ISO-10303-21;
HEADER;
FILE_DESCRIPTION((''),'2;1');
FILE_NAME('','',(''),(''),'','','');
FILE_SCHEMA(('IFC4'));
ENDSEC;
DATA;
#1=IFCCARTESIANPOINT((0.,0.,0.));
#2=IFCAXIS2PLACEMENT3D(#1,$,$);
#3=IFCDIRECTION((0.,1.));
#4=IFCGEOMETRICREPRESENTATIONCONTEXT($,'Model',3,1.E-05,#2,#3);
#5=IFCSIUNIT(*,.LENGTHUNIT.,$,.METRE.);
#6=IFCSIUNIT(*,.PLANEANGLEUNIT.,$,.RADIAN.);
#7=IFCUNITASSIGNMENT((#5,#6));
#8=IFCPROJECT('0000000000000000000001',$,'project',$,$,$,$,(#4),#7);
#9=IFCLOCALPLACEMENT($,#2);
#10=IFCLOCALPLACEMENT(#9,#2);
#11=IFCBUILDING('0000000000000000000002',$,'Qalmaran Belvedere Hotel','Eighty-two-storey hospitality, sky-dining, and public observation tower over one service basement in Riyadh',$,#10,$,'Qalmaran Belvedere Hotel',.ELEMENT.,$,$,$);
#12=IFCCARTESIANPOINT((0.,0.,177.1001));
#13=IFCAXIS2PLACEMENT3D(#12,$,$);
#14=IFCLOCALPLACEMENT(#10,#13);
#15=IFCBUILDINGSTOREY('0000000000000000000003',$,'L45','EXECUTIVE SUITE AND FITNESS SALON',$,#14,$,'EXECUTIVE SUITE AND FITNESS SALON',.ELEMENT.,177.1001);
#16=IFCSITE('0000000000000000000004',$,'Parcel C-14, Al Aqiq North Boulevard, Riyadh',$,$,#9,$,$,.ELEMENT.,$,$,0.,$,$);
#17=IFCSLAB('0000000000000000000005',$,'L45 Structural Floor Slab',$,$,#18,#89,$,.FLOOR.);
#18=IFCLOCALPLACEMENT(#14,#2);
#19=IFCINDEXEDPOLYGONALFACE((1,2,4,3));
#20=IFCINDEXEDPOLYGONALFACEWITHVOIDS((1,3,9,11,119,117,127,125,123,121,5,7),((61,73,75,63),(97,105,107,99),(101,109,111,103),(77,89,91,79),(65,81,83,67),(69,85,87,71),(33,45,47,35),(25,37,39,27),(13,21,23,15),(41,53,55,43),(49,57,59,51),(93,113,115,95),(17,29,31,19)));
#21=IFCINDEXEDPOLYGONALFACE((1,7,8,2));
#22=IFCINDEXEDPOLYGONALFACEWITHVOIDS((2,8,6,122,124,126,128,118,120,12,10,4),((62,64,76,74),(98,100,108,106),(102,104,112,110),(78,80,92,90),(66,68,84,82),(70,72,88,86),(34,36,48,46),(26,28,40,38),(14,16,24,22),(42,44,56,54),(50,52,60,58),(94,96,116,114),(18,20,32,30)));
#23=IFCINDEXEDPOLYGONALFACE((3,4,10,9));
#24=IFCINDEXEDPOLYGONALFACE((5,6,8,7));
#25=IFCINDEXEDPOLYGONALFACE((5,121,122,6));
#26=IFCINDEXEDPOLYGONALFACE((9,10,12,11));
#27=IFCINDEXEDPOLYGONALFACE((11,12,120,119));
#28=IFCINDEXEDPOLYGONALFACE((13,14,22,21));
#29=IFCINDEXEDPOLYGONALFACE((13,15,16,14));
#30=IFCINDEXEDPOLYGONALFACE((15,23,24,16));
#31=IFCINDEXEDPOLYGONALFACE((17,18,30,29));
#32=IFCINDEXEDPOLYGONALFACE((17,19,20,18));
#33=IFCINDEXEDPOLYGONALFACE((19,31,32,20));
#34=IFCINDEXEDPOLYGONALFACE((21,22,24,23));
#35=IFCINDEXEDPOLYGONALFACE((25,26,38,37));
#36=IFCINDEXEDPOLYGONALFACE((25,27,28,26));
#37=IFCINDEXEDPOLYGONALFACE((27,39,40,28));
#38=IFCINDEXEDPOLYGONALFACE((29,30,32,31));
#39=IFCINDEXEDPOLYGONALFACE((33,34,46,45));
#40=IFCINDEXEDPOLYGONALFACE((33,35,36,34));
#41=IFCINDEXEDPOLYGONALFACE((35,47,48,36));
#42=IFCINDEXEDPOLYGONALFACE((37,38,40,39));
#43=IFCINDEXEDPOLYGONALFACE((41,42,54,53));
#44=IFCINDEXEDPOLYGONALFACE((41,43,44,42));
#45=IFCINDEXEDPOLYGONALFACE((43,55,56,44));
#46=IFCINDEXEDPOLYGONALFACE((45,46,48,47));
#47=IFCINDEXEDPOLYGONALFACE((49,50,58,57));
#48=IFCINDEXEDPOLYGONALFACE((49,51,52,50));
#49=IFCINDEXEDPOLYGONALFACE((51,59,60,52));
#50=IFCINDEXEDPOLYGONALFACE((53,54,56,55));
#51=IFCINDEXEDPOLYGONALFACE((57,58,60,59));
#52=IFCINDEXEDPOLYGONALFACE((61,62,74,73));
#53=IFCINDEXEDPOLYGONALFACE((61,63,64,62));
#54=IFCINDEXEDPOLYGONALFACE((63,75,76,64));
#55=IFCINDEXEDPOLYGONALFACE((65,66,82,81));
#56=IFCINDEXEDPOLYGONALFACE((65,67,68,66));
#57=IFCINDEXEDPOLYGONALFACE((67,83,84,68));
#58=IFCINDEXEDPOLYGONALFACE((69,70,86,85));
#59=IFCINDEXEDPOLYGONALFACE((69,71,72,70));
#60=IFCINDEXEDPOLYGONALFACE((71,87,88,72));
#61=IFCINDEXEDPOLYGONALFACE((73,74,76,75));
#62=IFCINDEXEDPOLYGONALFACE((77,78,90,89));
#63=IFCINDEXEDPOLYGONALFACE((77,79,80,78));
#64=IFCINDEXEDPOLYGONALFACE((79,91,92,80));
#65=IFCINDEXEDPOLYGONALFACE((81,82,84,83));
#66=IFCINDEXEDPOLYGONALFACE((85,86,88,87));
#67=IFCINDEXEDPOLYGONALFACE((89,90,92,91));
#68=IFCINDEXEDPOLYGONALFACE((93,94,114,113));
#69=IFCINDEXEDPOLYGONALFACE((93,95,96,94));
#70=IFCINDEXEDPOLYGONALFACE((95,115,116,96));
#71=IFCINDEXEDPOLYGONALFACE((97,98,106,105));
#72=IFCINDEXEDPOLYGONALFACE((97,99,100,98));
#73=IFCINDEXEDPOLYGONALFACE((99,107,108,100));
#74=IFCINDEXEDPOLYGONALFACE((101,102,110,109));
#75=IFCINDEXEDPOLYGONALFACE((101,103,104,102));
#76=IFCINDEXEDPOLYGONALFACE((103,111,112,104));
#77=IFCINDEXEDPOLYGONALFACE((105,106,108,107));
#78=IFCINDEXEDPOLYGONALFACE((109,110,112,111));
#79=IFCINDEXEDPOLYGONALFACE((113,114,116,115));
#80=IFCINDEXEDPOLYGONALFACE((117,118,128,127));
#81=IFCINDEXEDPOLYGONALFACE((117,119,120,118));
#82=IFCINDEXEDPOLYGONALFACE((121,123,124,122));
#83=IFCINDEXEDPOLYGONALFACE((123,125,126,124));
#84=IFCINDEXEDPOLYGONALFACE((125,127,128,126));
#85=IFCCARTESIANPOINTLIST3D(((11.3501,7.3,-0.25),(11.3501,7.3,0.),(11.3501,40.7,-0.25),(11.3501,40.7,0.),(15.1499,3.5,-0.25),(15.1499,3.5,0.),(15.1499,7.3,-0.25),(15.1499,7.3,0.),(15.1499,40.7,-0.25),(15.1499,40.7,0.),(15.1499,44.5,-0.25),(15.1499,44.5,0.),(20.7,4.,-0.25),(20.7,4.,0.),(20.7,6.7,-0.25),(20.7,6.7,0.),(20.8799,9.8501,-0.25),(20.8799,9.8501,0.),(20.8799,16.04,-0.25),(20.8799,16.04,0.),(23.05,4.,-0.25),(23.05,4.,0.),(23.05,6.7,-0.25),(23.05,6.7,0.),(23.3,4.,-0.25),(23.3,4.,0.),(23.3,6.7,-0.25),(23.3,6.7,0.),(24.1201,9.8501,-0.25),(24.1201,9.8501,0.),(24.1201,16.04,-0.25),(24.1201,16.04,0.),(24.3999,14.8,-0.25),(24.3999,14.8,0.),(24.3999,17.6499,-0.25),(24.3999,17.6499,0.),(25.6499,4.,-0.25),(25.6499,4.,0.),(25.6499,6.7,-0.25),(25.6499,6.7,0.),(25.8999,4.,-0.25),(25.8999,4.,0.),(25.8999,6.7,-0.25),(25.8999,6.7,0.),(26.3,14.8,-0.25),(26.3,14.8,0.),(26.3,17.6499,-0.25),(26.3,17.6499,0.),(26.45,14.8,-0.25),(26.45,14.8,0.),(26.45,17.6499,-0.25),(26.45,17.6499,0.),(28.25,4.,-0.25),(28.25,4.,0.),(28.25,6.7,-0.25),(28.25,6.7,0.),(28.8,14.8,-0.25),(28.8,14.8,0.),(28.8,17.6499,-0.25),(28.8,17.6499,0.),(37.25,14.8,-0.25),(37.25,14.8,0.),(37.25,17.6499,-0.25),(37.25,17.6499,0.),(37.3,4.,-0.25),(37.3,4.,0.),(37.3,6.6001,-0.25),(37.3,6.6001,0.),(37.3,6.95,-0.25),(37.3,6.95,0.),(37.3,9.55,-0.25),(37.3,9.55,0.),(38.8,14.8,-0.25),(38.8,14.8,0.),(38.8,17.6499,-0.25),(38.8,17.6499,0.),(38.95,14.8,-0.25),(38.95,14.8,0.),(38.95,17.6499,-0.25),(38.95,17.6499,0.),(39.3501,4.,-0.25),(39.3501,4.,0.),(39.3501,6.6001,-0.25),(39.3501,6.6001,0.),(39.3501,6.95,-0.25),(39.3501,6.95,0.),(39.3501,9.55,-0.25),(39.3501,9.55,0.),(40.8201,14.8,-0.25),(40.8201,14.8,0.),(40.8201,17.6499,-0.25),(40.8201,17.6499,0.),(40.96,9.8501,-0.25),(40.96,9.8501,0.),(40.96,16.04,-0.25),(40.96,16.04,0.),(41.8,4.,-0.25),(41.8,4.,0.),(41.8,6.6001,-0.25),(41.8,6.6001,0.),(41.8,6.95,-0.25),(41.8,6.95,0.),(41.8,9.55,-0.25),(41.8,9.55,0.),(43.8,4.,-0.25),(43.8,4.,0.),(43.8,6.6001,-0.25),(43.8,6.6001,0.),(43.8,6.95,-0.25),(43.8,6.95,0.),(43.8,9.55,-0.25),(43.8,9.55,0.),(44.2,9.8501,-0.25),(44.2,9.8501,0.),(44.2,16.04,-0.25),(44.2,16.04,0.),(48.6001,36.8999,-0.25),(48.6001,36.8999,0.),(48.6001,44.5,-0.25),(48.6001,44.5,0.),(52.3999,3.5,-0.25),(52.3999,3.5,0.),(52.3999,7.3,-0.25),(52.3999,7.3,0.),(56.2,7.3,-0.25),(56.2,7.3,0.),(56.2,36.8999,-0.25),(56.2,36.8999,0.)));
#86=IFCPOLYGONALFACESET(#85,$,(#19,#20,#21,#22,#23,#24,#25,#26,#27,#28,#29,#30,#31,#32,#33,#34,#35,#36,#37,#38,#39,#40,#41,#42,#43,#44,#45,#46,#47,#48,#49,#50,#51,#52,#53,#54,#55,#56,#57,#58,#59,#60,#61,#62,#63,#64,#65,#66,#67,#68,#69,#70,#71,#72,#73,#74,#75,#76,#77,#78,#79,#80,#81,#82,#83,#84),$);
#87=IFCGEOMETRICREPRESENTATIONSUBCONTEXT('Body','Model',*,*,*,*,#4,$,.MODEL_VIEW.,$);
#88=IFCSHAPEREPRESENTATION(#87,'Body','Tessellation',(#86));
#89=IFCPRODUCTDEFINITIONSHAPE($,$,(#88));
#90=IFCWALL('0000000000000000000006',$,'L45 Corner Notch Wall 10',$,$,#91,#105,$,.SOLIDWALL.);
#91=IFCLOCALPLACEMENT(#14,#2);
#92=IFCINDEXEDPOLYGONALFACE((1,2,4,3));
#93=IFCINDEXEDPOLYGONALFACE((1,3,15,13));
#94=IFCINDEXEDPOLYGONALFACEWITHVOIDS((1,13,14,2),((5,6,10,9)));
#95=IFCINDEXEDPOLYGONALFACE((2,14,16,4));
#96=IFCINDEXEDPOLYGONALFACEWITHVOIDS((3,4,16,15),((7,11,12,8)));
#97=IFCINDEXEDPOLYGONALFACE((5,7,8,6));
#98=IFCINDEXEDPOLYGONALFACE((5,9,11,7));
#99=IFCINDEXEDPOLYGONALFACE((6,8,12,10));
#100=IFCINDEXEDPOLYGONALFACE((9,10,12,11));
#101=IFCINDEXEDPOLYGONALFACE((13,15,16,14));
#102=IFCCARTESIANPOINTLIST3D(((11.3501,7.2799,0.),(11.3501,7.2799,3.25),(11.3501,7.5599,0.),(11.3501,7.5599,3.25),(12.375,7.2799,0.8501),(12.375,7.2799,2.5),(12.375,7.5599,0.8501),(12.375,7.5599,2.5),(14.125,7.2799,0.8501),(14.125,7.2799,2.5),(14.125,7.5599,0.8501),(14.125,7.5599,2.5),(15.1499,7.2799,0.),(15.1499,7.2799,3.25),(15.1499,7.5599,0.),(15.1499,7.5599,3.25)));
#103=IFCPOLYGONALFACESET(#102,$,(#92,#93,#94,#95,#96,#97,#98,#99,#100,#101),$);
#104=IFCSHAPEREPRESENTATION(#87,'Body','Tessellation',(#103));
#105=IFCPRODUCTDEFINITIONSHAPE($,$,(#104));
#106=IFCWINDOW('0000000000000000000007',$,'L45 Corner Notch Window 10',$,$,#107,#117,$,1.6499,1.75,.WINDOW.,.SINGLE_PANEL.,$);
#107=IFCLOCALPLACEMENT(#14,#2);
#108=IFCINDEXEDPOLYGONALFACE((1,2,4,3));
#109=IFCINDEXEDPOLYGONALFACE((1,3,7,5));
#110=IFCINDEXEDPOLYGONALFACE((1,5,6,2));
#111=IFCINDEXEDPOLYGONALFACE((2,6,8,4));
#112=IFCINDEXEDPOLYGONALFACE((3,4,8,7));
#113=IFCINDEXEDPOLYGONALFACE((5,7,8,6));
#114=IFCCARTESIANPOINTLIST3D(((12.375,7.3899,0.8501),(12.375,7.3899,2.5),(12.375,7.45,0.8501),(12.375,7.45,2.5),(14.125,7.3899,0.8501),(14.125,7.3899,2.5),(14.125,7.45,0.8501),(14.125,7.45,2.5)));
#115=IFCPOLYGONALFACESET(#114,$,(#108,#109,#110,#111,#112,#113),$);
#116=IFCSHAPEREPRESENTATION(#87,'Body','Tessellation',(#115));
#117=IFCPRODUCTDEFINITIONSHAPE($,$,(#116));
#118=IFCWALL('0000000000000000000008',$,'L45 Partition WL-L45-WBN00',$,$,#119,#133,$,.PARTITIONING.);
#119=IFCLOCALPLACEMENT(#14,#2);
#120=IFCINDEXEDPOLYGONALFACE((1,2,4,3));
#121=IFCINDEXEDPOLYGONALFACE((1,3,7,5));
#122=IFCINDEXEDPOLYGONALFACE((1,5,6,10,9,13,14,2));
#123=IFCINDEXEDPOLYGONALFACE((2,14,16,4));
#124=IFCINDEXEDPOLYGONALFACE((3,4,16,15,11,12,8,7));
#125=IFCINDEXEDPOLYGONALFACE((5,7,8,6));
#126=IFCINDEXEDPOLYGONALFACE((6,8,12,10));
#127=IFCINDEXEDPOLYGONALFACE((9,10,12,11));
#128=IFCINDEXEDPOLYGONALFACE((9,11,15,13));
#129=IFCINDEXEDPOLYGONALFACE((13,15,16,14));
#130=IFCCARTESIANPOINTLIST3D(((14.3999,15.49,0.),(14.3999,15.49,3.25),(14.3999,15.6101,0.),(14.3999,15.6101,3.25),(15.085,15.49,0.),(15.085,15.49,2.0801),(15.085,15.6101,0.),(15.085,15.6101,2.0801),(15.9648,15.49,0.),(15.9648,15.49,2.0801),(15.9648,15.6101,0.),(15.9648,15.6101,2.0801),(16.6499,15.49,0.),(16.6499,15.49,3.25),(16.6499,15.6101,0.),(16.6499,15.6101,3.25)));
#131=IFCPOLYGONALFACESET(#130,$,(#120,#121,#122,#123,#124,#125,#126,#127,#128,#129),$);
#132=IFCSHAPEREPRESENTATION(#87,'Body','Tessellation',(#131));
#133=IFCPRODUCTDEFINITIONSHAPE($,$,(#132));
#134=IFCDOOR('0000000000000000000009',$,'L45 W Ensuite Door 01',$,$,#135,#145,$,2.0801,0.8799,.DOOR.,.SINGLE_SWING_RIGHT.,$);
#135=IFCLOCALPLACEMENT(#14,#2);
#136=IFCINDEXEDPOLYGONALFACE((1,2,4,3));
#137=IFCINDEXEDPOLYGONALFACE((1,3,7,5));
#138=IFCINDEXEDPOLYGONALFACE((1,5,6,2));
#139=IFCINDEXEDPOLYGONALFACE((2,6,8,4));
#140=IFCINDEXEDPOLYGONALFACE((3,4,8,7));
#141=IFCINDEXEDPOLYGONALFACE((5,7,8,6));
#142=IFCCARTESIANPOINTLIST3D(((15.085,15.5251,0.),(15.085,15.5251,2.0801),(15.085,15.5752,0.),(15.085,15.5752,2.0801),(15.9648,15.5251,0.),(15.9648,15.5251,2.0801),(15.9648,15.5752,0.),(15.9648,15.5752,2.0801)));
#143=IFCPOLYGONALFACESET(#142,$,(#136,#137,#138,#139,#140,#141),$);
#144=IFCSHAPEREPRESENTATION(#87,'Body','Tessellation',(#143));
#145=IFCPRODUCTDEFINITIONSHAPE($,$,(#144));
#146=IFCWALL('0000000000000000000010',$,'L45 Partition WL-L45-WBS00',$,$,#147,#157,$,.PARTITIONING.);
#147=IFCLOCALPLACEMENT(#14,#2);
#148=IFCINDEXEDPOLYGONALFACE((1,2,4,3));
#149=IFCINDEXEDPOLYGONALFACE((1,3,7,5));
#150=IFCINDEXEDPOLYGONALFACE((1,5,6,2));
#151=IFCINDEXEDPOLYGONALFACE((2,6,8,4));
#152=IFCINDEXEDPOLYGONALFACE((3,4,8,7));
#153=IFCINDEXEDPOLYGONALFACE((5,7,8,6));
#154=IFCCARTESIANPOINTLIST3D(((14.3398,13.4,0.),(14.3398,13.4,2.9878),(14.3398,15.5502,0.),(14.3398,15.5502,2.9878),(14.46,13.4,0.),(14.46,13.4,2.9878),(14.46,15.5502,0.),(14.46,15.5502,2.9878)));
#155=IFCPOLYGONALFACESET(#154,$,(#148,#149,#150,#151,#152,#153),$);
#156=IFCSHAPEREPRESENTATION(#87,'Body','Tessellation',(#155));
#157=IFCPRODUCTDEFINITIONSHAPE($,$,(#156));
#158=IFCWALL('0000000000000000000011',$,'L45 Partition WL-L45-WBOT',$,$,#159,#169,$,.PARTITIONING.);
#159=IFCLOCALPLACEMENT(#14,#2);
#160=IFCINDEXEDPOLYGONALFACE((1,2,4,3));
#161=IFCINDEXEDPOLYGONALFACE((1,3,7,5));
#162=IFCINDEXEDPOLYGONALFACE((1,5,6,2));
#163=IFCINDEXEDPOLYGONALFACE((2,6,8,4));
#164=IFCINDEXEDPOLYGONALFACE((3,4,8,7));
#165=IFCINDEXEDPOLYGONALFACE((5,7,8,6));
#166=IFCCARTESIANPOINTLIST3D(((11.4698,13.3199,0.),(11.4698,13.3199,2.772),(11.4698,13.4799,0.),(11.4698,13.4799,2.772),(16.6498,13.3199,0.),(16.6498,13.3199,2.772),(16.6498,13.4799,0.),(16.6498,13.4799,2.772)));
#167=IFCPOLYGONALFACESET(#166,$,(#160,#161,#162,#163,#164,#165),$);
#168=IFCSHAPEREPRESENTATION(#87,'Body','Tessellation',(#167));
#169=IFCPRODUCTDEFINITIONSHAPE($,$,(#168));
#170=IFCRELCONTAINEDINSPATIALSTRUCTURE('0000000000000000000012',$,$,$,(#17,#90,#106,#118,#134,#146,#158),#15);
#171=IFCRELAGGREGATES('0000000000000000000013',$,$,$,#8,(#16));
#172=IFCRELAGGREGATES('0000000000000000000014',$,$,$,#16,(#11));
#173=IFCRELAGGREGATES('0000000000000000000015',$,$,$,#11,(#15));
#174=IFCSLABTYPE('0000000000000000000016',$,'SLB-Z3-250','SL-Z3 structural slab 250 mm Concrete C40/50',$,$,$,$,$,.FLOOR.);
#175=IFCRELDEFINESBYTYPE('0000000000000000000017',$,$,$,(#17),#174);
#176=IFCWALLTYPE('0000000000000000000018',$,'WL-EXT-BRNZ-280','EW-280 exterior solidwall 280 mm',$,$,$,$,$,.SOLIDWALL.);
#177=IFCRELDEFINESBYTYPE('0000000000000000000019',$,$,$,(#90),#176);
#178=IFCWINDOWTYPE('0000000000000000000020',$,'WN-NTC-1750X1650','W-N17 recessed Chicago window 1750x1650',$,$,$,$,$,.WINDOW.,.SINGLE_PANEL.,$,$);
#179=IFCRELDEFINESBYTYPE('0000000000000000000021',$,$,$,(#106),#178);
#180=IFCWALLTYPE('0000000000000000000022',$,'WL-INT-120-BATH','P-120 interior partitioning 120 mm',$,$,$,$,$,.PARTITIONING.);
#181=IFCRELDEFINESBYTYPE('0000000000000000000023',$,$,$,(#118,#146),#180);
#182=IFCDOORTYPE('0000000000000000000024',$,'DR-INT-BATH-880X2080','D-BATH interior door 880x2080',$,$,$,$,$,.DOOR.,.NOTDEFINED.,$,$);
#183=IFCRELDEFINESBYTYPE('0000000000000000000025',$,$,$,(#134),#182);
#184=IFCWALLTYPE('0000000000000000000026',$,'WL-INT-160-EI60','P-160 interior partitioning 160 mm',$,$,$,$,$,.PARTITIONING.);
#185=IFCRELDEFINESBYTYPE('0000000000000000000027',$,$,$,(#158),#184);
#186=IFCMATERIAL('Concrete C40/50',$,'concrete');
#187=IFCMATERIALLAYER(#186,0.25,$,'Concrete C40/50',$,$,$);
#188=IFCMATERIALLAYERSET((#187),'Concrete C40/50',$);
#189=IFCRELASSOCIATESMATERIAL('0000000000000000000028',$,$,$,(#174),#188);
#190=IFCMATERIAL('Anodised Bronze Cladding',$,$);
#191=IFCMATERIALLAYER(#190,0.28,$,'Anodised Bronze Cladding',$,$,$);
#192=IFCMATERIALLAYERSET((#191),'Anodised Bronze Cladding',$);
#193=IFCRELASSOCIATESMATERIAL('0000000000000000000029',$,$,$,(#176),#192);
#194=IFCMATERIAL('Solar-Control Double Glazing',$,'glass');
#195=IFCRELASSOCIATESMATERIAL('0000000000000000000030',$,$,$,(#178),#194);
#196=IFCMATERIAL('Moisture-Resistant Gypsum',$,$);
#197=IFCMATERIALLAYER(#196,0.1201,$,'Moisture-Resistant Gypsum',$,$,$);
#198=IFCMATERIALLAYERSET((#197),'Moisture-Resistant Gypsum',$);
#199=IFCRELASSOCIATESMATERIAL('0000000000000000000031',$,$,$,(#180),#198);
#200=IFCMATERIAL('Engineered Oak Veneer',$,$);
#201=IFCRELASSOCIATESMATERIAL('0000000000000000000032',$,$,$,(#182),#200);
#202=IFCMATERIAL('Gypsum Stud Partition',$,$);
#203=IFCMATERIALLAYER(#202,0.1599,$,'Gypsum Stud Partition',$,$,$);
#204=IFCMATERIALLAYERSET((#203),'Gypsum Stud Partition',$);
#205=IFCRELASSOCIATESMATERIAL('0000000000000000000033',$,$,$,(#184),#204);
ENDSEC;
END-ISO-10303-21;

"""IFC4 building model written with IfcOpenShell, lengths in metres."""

from ifc_helpers import new_model, si_unit, direction, frame, frame_2d, origin, place, context, subcontext, project, spatial, polyline, rectangle, outline, extrude, material, layer, layer_set, type_object, element, fill, save


model = new_model("IFC4")

# Units and contexts
model_context = context("Model", 3, precision=1e-05, world=origin(), true_north=direction((0.0, 1.0)))
body_context = subcontext(model_context, "Body", "Model", "MODEL_VIEW")
ifc_project = project(units=[si_unit("LENGTHUNIT", "METRE"), si_unit("PLANEANGLEUNIT", "RADIAN")], contexts=[model_context])

# Site, building, storey
site_placement = place(None, origin())
site = spatial("IfcSite", under=ifc_project, at=site_placement, Name="Parcel C-14, Al Aqiq North Boulevard, Riyadh", CompositionType="ELEMENT", RefElevation=0.0)
building_placement = place(site_placement, origin())
building = spatial("IfcBuilding", under=site, at=building_placement, Name="Qalmaran Belvedere Hotel", Description="Eighty-two-storey hospitality, sky-dining, and public observation tower over one service basement in Riyadh", LongName="Qalmaran Belvedere Hotel", CompositionType="ELEMENT")
storey_placement = place(building_placement, frame((0.0, 0.0, 177.1001)))
storey = spatial("IfcBuildingStorey", under=building, at=storey_placement, Name="L45", Description="EXECUTIVE SUITE AND FITNESS SALON", LongName="EXECUTIVE SUITE AND FITNESS SALON", CompositionType="ELEMENT", Elevation=177.1001)

# Shared definitions
ifc_material_1 = material(Name="Solar-Control Double Glazing", Category="glass")

# Shared definitions
ifc_material_2 = material(Name="Concrete C40/50", Category="concrete")

# Slab
ifc_layer_1 = layer(ifc_material_2, 0.25, Name="Concrete C40/50")
ifc_layer_set_1 = layer_set([ifc_layer_1], Name="Concrete C40/50")
slab_type_1 = type_object("IfcSlabType", Name="SLB-Z3-250", Description="SL-Z3 structural slab 250 mm Concrete C40/50", PredefinedType="FLOOR", material=ifc_layer_set_1)
slab_1_placement = place(storey_placement, frame((0.0, 0.0, -0.25)))
element("IfcSlab", 1, at=slab_1_placement, inside=storey, type_object=slab_type_1, Name="L45 Structural Floor Slab", PredefinedType="FLOOR", context=body_context, shape_type="SweptSolid", body=[
    extrude(outline(polyline([(15.1499, 3.5), (52.3999, 3.5), (52.3999, 7.3), (56.2, 7.3), (56.2, 36.8999), (48.6001, 36.8999), (48.6001, 44.5), (15.1499, 44.5), (15.1499, 40.7), (11.3501, 40.7), (11.3501, 7.3), (15.1499, 7.3), (15.1499, 3.5)]), holes=[polyline([(20.8799, 9.8501), (24.1201, 9.8501), (24.1201, 16.04), (20.8799, 16.04), (20.8799, 9.8501)]), polyline([(40.96, 9.8501), (44.2, 9.8501), (44.2, 16.04), (40.96, 16.04), (40.96, 9.8501)]), polyline([(37.3, 4.0), (39.3501, 4.0), (39.3501, 6.6001), (37.3, 6.6001), (37.3, 4.0)]), polyline([(37.3, 6.95), (39.3501, 6.95), (39.3501, 9.55), (37.3, 9.55), (37.3, 6.95)]), polyline([(41.8, 4.0), (43.8, 4.0), (43.8, 6.6001), (41.8, 6.6001), (41.8, 4.0)]), polyline([(41.8, 6.95), (43.8, 6.95), (43.8, 9.55), (41.8, 9.55), (41.8, 6.95)]), polyline([(20.7, 4.0), (23.05, 4.0), (23.05, 6.7), (20.7, 6.7), (20.7, 4.0)]), polyline([(23.3, 4.0), (25.6499, 4.0), (25.6499, 6.7), (23.3, 6.7), (23.3, 4.0)]), polyline([(25.8999, 4.0), (28.25, 4.0), (28.25, 6.7), (25.8999, 6.7), (25.8999, 4.0)]), polyline([(24.3999, 14.8), (26.3, 14.8), (26.3, 17.6499), (24.3999, 17.6499), (24.3999, 14.8)]), polyline([(38.95, 14.8), (40.8201, 14.8), (40.8201, 17.6499), (38.95, 17.6499), (38.95, 14.8)]), polyline([(26.45, 14.8), (28.8, 14.8), (28.8, 17.6499), (26.45, 17.6499), (26.45, 14.8)]), polyline([(37.25, 14.8), (38.8, 14.8), (38.8, 17.6499), (37.25, 17.6499), (37.25, 14.8)])]), origin(), (0.0, 0.0, 1.0), 0.25),
])

# Wall, opening, window
ifc_material_3 = material(Name="Anodised Bronze Cladding")
ifc_layer_2 = layer(ifc_material_3, 0.28, Name="Anodised Bronze Cladding")
ifc_layer_set_2 = layer_set([ifc_layer_2], Name="Anodised Bronze Cladding")
wall_type_1 = type_object("IfcWallType", Name="WL-EXT-BRNZ-280", Description="EW-280 exterior solidwall 280 mm", PredefinedType="SOLIDWALL", material=ifc_layer_set_2)
wall_1_placement = place(storey_placement, frame((11.3501, 7.4199, 0.0), z_axis=(0.0, 0.0, 1.0), x_axis=(1.0, 0.0, 0.0)))
wall_1 = element("IfcWall", 2, at=wall_1_placement, inside=storey, type_object=wall_type_1, Name="L45 Corner Notch Wall 10", PredefinedType="SOLIDWALL", context=body_context, shape_type="SweptSolid", body=[
    extrude(rectangle(XDim=3.7998, YDim=0.28, at=frame_2d((1.8999, 0.0))), origin(), (0.0, 0.0, 1.0), 3.25),
])
opening_1_placement = place(wall_1_placement, frame((1.0249, 0.0, 0.8501)))
opening_1 = element("IfcOpeningElement", 3, at=opening_1_placement, cuts=wall_1, PredefinedType="OPENING", context=body_context, shape_type="SweptSolid", body=[
    extrude(rectangle(XDim=1.75, YDim=1.6499, at=frame_2d((0.875, 0.825))), frame((0.0, 0.1499, 0.0), z_axis=(0.0, -1.0, 0.0), x_axis=(1.0, 0.0, 0.0)), (0.0, 0.0, 1.0), 0.3),
])
window_type = type_object("IfcWindowType", Name="WN-NTC-1750X1650", Description="W-N17 recessed Chicago window 1750x1650", PartitioningType="SINGLE_PANEL", PredefinedType="WINDOW", material=ifc_material_1)
window_placement = place(opening_1_placement, origin())
window = element("IfcWindow", 4, at=window_placement, inside=storey, type_object=window_type, Name="L45 Corner Notch Window 10", OverallHeight=1.6499, OverallWidth=1.75, PartitioningType="SINGLE_PANEL", PredefinedType="WINDOW", context=body_context, shape_type="SweptSolid", body=[
    extrude(rectangle(XDim=1.75, YDim=1.6499, at=frame_2d((0.875, 0.825))), frame((0.0, 0.03, 0.0), z_axis=(0.0, -1.0, 0.0), x_axis=(1.0, 0.0, 0.0)), (0.0, 0.0, 1.0), 0.0601),
])
fill(opening_1, window)

# Wall, opening, door
ifc_material_4 = material(Name="Moisture-Resistant Gypsum")
ifc_layer_3 = layer(ifc_material_4, 0.1201, Name="Moisture-Resistant Gypsum")
ifc_layer_set_3 = layer_set([ifc_layer_3], Name="Moisture-Resistant Gypsum")
wall_type_2 = type_object("IfcWallType", Name="WL-INT-120-BATH", Description="P-120 interior partitioning 120 mm", PredefinedType="PARTITIONING", material=ifc_layer_set_3)
wall_2_placement = place(storey_placement, frame((14.3999, 15.55, 0.0), z_axis=(0.0, 0.0, 1.0), x_axis=(1.0, 0.0, 0.0)))
wall_2 = element("IfcWall", 5, at=wall_2_placement, inside=storey, type_object=wall_type_2, Name="L45 Partition WL-L45-WBN00", PredefinedType="PARTITIONING", context=body_context, shape_type="SweptSolid", body=[
    extrude(rectangle(XDim=2.25, YDim=0.1201, at=frame_2d((1.125, 0.0))), origin(), (0.0, 0.0, 1.0), 3.25),
])
opening_2_placement = place(wall_2_placement, frame((1.5649, 0.0, 0.0), z_axis=(0.0, 0.0, 1.0), x_axis=(-1.0, 0.0, 0.0)))
opening_2 = element("IfcOpeningElement", 6, at=opening_2_placement, cuts=wall_2, PredefinedType="OPENING", context=body_context, shape_type="SweptSolid", body=[
    extrude(rectangle(XDim=0.8799, YDim=2.0801, at=frame_2d((0.4399, 1.04))), frame((0.0, 0.0701, 0.0), z_axis=(0.0, -1.0, 0.0), x_axis=(1.0, 0.0, 0.0)), (0.0, 0.0, 1.0), 0.1401),
])
ifc_material_5 = material(Name="Engineered Oak Veneer")
door_type = type_object("IfcDoorType", Name="DR-INT-BATH-880X2080", Description="D-BATH interior door 880x2080", OperationType="NOTDEFINED", PredefinedType="DOOR", material=ifc_material_5)
door_placement = place(opening_2_placement, origin())
door = element("IfcDoor", 7, at=door_placement, inside=storey, type_object=door_type, Name="L45 W Ensuite Door 01", OperationType="SINGLE_SWING_RIGHT", OverallHeight=2.0801, OverallWidth=0.8799, PredefinedType="DOOR", context=body_context, shape_type="SweptSolid", body=[
    extrude(rectangle(XDim=0.8799, YDim=2.0801, at=frame_2d((0.4399, 1.04))), frame((0.0, 0.0249, 0.0), z_axis=(0.0, -1.0, 0.0), x_axis=(1.0, 0.0, 0.0)), (0.0, 0.0, 1.0), 0.05),
])
fill(opening_2, door)

# Walls
wall_3_placement = place(storey_placement, frame((14.3999, 13.3999, 0.0), z_axis=(0.0, 0.0, 1.0), x_axis=(0.0, 1.0, 0.0)))
element("IfcWall", 8, at=wall_3_placement, inside=storey, type_object=wall_type_2, Name="L45 Partition WL-L45-WBS00", PredefinedType="PARTITIONING", context=body_context, shape_type="SweptSolid", body=[
    extrude(rectangle(XDim=2.1501, YDim=0.1201, at=frame_2d((1.0752, 0.0))), origin(), (0.0, 0.0, 1.0), 2.9878),
])
ifc_material_6 = material(Name="Gypsum Stud Partition")
ifc_layer_4 = layer(ifc_material_6, 0.1599, Name="Gypsum Stud Partition")
ifc_layer_set_4 = layer_set([ifc_layer_4], Name="Gypsum Stud Partition")
wall_type_3 = type_object("IfcWallType", Name="WL-INT-160-EI60", Description="P-160 interior partitioning 160 mm", PredefinedType="PARTITIONING", material=ifc_layer_set_4)
wall_4_placement = place(storey_placement, frame((11.47, 13.3999, 0.0), z_axis=(0.0, 0.0, 1.0), x_axis=(1.0, 0.0, 0.0)))
element("IfcWall", 9, at=wall_4_placement, inside=storey, type_object=wall_type_3, Name="L45 Partition WL-L45-WBOT", PredefinedType="PARTITIONING", context=body_context, shape_type="SweptSolid", body=[
    extrude(rectangle(XDim=5.1799, YDim=0.1599, at=frame_2d((2.5898, 0.0))), origin(), (0.0, 0.0, 1.0), 2.772),
])

save(model, "model.ifc")
